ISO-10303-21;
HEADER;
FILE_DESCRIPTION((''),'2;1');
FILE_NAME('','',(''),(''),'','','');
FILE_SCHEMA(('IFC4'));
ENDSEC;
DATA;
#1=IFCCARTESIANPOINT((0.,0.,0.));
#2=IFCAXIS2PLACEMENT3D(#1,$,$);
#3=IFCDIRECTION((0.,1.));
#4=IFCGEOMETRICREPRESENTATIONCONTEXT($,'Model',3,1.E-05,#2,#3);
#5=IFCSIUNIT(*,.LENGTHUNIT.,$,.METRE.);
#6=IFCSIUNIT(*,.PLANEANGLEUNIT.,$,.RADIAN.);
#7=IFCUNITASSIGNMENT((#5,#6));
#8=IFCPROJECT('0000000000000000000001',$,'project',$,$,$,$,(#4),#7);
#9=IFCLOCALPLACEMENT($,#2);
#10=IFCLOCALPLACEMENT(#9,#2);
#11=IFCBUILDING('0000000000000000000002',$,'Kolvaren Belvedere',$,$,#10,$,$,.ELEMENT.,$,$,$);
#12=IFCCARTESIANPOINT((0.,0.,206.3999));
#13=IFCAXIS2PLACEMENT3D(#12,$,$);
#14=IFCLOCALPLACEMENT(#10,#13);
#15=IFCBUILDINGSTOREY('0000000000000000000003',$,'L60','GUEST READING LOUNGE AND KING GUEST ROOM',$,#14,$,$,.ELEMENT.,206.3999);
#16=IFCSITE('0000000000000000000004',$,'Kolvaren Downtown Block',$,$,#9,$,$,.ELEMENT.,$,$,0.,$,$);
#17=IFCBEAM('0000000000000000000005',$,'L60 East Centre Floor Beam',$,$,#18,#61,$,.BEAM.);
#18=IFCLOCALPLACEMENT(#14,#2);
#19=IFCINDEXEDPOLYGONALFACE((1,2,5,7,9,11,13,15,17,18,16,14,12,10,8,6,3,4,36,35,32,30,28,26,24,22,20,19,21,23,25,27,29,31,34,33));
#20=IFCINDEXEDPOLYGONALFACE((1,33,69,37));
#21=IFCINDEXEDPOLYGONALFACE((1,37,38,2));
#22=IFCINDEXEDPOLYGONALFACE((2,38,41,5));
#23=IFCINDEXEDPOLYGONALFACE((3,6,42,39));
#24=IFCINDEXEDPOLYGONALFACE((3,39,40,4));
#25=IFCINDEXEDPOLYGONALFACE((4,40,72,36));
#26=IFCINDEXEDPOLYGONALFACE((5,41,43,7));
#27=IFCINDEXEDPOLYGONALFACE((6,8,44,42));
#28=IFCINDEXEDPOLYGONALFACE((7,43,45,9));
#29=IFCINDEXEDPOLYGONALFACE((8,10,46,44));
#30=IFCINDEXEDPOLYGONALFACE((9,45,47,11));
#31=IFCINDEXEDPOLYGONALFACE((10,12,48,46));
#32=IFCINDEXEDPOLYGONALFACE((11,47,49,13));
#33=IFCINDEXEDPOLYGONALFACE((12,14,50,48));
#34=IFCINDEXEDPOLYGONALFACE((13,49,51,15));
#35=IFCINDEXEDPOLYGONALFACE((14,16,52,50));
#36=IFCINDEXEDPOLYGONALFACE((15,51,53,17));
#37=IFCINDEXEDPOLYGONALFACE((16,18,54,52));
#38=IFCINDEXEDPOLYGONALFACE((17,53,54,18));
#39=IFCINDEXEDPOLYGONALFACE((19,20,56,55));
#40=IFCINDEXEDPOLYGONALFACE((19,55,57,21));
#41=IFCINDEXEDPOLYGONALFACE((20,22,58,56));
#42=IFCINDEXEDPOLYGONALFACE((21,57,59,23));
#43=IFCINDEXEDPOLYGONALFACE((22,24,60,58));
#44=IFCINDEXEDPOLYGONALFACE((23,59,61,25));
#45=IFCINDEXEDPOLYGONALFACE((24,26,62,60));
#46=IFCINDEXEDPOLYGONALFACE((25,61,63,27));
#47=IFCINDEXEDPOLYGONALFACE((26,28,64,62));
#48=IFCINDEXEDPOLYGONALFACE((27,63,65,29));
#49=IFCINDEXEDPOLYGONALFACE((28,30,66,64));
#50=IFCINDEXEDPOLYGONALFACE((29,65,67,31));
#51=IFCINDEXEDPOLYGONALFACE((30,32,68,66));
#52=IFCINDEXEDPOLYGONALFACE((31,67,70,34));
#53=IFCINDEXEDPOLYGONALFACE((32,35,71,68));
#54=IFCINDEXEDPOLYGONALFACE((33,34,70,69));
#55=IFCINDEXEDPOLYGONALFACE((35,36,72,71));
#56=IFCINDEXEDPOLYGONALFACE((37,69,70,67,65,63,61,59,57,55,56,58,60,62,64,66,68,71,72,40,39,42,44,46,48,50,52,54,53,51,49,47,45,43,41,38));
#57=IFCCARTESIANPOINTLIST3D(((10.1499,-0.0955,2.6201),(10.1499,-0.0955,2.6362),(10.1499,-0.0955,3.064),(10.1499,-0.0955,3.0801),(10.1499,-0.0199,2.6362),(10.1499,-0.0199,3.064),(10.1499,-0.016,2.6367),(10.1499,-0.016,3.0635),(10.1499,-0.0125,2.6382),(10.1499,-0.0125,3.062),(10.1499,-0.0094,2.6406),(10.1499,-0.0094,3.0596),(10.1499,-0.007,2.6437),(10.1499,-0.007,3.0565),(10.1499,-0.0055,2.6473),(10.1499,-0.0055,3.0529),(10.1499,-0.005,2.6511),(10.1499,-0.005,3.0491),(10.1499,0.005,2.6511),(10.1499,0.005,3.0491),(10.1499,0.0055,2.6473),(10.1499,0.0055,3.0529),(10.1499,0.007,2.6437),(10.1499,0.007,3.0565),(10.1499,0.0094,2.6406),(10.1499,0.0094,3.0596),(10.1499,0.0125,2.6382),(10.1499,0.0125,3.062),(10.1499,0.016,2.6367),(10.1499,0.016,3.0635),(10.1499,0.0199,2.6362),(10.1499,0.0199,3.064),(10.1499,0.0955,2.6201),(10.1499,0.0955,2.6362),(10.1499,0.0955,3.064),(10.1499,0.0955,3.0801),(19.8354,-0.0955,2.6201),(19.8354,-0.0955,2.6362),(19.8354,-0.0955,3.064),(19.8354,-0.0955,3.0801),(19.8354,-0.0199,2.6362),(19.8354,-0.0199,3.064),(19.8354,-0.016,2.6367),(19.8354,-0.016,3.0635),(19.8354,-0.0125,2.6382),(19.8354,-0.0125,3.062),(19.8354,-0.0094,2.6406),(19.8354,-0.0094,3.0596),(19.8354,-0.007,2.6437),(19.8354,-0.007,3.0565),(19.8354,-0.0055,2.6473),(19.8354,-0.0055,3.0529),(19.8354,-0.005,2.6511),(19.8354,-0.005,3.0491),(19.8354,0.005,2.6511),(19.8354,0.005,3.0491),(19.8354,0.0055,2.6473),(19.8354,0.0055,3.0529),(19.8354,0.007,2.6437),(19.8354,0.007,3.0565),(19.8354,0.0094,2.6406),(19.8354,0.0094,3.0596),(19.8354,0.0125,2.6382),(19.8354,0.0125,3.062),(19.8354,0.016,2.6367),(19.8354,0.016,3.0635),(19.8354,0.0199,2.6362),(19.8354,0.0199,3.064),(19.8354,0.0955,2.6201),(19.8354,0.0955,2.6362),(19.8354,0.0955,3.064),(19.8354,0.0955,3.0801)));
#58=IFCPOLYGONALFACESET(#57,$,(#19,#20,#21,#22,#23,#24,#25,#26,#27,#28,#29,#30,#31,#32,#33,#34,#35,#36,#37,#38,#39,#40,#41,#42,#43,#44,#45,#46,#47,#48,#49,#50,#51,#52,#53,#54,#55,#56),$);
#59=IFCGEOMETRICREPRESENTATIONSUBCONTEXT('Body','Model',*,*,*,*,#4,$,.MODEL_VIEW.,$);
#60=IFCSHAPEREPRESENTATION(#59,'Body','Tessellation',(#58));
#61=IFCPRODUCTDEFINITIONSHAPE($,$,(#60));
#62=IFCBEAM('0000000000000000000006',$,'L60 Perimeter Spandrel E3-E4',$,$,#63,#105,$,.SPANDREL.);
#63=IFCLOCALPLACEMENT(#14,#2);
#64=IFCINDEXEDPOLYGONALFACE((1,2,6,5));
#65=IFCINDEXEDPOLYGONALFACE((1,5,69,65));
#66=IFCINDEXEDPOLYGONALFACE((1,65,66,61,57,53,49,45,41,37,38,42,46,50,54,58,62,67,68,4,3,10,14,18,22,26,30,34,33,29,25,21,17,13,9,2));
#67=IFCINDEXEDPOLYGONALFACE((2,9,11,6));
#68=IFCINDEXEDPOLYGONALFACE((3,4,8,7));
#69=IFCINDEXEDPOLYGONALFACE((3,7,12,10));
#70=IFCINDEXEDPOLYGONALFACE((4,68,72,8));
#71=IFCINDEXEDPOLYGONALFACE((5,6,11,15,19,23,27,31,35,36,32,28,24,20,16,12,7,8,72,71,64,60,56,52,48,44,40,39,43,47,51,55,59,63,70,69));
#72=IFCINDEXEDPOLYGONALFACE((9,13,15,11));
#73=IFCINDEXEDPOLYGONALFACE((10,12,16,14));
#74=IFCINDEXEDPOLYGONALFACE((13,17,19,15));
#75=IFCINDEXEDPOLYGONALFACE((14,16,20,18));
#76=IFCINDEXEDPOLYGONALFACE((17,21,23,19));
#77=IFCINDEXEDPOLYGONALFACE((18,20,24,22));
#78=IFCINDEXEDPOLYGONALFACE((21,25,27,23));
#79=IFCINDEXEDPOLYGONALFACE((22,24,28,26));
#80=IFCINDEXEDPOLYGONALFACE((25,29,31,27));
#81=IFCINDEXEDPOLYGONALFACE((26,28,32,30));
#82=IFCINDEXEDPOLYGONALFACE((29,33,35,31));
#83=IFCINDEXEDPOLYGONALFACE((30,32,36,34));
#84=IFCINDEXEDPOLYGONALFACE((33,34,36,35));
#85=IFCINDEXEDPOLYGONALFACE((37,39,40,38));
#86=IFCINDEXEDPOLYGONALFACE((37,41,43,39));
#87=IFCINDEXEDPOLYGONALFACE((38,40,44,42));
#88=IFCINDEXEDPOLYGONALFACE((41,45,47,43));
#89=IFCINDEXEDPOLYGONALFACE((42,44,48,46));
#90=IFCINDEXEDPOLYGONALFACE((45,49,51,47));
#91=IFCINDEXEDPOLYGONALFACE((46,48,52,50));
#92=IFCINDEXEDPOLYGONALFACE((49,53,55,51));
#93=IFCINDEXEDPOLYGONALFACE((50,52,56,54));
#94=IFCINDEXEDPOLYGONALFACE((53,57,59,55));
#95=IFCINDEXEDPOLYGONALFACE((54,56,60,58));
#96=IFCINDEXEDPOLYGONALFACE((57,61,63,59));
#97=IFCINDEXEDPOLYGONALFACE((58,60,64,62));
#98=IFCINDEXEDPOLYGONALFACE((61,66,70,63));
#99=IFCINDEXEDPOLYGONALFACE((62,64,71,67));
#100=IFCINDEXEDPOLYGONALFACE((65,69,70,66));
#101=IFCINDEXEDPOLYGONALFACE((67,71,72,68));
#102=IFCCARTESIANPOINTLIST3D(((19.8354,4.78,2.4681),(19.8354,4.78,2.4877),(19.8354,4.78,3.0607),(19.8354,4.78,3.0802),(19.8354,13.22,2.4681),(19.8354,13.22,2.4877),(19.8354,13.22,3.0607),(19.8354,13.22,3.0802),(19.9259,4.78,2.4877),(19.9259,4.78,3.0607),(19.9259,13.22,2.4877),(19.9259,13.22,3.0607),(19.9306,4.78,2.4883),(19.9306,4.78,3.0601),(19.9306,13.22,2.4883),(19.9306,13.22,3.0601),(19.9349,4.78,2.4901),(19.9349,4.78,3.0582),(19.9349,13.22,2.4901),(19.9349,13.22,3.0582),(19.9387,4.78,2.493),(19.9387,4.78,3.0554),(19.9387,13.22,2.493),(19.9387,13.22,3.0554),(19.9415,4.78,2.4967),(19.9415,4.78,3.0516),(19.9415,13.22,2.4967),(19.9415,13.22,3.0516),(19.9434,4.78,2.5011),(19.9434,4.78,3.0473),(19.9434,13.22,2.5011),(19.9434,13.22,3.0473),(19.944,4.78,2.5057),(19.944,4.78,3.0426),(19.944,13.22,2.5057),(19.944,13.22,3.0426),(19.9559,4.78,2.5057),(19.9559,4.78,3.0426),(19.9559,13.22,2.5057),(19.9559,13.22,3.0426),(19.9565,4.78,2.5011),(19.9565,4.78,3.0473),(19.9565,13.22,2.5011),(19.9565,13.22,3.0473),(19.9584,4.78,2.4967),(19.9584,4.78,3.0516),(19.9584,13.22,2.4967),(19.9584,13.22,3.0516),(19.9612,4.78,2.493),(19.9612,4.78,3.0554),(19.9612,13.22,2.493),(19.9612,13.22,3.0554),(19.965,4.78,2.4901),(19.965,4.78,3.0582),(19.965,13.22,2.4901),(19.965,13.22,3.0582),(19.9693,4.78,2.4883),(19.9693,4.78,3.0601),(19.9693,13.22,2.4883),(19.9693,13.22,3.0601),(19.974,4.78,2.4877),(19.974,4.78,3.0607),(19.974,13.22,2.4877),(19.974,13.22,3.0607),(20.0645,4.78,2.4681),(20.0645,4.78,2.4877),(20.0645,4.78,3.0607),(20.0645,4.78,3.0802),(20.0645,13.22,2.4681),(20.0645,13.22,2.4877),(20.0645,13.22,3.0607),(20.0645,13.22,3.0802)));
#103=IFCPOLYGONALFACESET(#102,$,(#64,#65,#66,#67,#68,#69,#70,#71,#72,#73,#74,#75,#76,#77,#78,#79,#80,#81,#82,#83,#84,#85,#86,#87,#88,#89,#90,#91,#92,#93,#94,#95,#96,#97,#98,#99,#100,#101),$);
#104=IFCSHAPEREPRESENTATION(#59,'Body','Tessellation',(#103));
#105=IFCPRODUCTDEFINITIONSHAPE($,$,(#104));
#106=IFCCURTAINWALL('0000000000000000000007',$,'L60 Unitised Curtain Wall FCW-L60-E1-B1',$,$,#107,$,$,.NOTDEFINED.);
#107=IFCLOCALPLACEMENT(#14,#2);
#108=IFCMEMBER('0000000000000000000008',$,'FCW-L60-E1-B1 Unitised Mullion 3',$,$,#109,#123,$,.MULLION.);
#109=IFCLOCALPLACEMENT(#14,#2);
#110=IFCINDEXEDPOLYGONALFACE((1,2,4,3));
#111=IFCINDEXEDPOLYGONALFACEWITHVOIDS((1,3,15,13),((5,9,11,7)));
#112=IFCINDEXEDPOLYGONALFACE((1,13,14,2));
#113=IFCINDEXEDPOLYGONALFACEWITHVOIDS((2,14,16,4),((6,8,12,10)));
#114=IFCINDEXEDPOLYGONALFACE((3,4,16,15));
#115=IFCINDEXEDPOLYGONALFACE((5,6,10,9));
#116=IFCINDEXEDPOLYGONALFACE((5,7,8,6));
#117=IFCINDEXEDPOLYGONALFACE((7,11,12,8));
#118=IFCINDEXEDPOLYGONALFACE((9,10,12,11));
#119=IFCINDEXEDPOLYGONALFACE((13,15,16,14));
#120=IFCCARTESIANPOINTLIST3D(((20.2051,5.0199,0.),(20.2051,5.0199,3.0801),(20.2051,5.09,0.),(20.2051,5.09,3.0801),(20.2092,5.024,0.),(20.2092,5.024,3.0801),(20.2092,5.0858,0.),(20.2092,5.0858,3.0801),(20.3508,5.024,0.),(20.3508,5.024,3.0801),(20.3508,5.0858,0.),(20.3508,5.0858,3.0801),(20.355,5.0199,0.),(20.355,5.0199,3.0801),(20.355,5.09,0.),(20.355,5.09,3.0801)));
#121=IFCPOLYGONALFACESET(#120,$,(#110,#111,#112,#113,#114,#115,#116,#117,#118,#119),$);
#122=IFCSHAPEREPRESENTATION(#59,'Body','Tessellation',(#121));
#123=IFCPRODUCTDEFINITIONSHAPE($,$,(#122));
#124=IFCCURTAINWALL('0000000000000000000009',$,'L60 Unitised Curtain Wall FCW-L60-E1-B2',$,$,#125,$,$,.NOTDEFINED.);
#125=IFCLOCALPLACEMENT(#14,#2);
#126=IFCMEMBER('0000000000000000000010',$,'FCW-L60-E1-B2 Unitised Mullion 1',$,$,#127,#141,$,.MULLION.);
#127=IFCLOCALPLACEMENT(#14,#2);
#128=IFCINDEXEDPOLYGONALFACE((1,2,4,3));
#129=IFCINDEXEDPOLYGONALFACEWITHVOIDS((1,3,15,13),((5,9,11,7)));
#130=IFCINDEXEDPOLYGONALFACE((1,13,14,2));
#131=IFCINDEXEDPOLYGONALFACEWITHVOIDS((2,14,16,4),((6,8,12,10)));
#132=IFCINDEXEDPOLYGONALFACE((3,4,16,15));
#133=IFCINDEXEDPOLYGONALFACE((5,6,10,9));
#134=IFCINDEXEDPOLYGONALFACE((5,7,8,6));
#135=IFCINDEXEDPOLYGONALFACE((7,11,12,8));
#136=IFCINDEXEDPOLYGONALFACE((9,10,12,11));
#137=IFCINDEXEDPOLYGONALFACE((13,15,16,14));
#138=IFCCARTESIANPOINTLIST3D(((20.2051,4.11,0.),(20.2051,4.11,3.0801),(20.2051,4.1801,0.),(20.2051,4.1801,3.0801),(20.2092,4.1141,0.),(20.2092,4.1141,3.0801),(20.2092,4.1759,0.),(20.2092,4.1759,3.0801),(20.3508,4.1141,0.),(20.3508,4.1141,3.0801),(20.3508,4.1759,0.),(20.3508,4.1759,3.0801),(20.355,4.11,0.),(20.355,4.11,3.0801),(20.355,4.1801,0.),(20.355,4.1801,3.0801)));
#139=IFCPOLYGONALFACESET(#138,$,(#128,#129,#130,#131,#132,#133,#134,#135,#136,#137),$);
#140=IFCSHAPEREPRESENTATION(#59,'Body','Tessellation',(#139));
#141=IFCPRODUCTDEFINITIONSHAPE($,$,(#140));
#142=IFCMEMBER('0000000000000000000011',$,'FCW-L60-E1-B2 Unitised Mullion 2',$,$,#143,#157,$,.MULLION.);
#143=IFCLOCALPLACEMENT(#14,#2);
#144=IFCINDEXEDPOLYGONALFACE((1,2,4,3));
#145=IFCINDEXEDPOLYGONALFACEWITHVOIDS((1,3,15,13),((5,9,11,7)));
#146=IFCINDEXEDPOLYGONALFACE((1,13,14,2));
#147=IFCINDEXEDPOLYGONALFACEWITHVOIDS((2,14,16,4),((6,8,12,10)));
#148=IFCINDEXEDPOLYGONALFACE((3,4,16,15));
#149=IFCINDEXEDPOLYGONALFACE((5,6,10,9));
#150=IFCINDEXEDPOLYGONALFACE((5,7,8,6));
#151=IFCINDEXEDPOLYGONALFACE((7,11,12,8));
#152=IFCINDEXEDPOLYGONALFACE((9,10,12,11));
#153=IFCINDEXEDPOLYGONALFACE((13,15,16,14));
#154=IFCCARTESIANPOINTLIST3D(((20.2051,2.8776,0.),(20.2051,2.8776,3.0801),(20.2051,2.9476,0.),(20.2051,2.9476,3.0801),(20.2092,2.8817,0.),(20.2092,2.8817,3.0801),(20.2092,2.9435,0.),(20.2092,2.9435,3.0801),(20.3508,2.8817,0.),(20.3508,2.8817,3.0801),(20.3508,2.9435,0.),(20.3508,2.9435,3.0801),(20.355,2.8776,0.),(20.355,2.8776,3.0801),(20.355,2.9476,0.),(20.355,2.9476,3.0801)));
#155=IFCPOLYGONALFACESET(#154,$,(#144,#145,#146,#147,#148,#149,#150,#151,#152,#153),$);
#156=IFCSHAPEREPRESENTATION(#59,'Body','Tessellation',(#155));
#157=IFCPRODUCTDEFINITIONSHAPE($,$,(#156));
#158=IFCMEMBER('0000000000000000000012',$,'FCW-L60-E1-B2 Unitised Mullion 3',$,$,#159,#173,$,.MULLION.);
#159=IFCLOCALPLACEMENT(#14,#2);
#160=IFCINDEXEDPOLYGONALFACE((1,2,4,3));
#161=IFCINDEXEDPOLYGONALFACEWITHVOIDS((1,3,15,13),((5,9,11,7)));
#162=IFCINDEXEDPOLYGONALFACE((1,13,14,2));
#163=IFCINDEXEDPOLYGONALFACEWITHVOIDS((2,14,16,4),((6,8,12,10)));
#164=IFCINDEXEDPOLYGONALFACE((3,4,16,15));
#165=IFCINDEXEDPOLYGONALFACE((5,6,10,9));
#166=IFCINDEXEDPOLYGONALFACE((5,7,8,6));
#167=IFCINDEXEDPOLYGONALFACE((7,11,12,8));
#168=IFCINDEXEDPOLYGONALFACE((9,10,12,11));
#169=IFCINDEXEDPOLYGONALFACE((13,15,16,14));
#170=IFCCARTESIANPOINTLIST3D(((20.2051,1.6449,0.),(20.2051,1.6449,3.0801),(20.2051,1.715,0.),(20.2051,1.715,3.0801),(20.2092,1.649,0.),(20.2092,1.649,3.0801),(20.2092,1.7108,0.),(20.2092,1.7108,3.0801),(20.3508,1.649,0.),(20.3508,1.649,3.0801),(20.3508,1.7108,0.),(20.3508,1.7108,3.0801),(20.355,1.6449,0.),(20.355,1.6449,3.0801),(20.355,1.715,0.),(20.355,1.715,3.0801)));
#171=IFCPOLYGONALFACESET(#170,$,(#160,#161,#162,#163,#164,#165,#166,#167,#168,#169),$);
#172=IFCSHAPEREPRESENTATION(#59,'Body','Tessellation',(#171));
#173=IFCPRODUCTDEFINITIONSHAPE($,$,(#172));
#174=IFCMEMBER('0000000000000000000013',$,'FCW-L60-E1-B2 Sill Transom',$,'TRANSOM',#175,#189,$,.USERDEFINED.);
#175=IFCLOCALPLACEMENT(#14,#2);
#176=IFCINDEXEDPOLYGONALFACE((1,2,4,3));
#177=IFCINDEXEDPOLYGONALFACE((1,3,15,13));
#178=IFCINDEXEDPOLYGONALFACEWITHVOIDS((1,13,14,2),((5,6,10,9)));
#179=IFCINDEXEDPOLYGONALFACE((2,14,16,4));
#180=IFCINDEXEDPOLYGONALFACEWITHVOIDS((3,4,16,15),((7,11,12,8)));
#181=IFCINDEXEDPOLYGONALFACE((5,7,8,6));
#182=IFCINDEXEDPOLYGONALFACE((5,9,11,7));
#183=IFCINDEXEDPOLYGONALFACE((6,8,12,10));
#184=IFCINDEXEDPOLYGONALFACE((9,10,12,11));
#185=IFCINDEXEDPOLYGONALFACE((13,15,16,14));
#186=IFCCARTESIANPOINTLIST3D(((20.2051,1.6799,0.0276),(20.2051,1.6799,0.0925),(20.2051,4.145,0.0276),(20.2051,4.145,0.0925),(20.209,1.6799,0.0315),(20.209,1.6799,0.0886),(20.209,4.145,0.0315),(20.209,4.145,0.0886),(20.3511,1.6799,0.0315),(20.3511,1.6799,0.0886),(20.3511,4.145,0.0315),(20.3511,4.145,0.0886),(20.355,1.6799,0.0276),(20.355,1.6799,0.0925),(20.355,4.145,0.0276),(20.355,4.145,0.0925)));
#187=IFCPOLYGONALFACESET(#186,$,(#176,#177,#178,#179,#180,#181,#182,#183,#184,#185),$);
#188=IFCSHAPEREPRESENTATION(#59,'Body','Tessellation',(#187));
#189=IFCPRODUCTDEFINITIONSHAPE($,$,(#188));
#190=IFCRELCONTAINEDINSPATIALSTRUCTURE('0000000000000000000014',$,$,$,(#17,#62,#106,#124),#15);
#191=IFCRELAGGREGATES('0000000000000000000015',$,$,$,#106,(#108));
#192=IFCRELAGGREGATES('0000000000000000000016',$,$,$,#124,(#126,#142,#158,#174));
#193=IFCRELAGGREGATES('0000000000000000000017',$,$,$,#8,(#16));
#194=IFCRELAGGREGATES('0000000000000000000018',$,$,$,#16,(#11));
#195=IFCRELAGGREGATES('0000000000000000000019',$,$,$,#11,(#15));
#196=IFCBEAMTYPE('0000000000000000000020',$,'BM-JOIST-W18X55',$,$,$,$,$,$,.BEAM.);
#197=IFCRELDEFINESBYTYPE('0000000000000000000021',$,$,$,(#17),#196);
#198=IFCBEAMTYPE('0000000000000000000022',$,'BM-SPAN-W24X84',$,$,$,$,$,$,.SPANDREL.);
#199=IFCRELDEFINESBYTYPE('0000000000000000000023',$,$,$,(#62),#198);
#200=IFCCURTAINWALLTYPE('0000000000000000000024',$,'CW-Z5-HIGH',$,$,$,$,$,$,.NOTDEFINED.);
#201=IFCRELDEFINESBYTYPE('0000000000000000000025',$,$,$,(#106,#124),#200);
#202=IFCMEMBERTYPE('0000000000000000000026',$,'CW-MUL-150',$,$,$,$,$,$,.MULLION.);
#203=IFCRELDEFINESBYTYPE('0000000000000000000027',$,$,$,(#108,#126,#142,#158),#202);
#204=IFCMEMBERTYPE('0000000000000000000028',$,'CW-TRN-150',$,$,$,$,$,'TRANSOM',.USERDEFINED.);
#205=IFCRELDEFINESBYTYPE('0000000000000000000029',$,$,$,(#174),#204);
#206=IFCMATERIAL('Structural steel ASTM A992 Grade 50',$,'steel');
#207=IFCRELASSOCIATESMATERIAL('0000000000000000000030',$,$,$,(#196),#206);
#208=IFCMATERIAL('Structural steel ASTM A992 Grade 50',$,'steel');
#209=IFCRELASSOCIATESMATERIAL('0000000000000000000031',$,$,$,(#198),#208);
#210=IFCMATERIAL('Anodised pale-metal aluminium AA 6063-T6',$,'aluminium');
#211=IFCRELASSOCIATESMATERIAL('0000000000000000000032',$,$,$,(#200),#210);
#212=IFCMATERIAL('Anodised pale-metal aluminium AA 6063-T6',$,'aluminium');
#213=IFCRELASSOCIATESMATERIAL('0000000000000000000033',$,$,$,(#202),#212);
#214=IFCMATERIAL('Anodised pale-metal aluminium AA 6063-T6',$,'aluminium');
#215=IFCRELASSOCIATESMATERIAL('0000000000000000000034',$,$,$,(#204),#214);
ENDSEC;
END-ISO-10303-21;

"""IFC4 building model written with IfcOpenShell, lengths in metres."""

from ifc_helpers import new_model, si_unit, direction, frame, origin, origin_2d, place, context, subcontext, project, spatial, hollow_rectangle, i_section, extrude, material, material_profile, profile_set, type_object, element, aggregate, save


model = new_model("IFC4")

# Units and contexts
model_context = context("Model", 3, precision=1e-05, world=origin(), true_north=direction((0.0, 1.0)))
body_context = subcontext(model_context, "Body", "Model", "MODEL_VIEW")
ifc_project = project(units=[si_unit("LENGTHUNIT", "METRE"), si_unit("PLANEANGLEUNIT", "RADIAN")], contexts=[model_context])

# Site, building, storey
site_placement = place(None, origin())
site = spatial("IfcSite", under=ifc_project, at=site_placement, Name="Kolvaren Downtown Block", CompositionType="ELEMENT", RefElevation=0.0)
building_placement = place(site_placement, origin())
building = spatial("IfcBuilding", under=site, at=building_placement, Name="Kolvaren Belvedere", CompositionType="ELEMENT")
storey_placement = place(building_placement, frame((0.0, 0.0, 206.3999)))
storey = spatial("IfcBuildingStorey", under=building, at=storey_placement, Name="L60", Description="GUEST READING LOUNGE AND KING GUEST ROOM", CompositionType="ELEMENT", Elevation=206.3999)

# Beams
ifc_material_1 = material(Name="Structural steel ASTM A992 Grade 50", Category="steel")
ifc_material_profile_1 = material_profile(ifc_material_1, i_section(OverallWidth=0.1909, OverallDepth=0.46, WebThickness=0.01, FlangeThickness=0.0161, FilletRadius=0.0149, at=origin_2d()), Name="W18X55")
ifc_profile_set_1 = profile_set([ifc_material_profile_1], Name="Structural steel ASTM A992 Grade 50")
beam_type_1 = type_object("IfcBeamType", Name="BM-JOIST-W18X55", PredefinedType="BEAM", material=ifc_profile_set_1)
beam_1_placement = place(storey_placement, frame((10.1499, 0.0, 2.8501), z_axis=(1.0, 0.0, 0.0), x_axis=(0.0, 1.0, 0.0)))
element("IfcBeam", 1, at=beam_1_placement, inside=storey, type_object=beam_type_1, Name="L60 East Centre Floor Beam", PredefinedType="BEAM", context=body_context, shape_type="SweptSolid", body=[
    extrude(i_section(OverallWidth=0.1909, OverallDepth=0.46, WebThickness=0.01, FlangeThickness=0.0161, FilletRadius=0.0149, at=origin_2d()), origin(), (0.0, 0.0, 1.0), 9.6855),
])
ifc_material_2 = material(Name="Structural steel ASTM A992 Grade 50", Category="steel")
ifc_material_profile_2 = material_profile(ifc_material_2, i_section(OverallWidth=0.229, OverallDepth=0.6121, WebThickness=0.012, FlangeThickness=0.0195, FilletRadius=0.0181, at=origin_2d()), Name="W24X84")
ifc_profile_set_2 = profile_set([ifc_material_profile_2], Name="Structural steel ASTM A992 Grade 50")
beam_type_2 = type_object("IfcBeamType", Name="BM-SPAN-W24X84", PredefinedType="SPANDREL", material=ifc_profile_set_2)
beam_2_placement = place(storey_placement, frame((19.95, 4.78, 2.7742), z_axis=(0.0, 1.0, 0.0), x_axis=(-1.0, 0.0, 0.0)))
element("IfcBeam", 2, at=beam_2_placement, inside=storey, type_object=beam_type_2, Name="L60 Perimeter Spandrel E3-E4", PredefinedType="SPANDREL", context=body_context, shape_type="SweptSolid", body=[
    extrude(i_section(OverallWidth=0.229, OverallDepth=0.6121, WebThickness=0.012, FlangeThickness=0.0195, FilletRadius=0.0181, at=origin_2d()), origin(), (0.0, 0.0, 1.0), 8.4399),
])

# Curtain wall, member
ifc_material_3 = material(Name="Anodised pale-metal aluminium AA 6063-T6", Category="aluminium")
curtain_wall_type = type_object("IfcCurtainWallType", Name="CW-Z5-HIGH", PredefinedType="NOTDEFINED", material=ifc_material_3)
curtain_wall_1_placement = place(storey_placement, origin())
curtain_wall_1 = element("IfcCurtainWall", 3, at=curtain_wall_1_placement, inside=storey, type_object=curtain_wall_type, Name="L60 Unitised Curtain Wall FCW-L60-E1-B1", PredefinedType="NOTDEFINED")
ifc_material_4 = material(Name="Anodised pale-metal aluminium AA 6063-T6", Category="aluminium")
ifc_material_profile_3 = material_profile(ifc_material_4, hollow_rectangle(XDim=0.0701, YDim=0.1499, WallThickness=0.0042, at=origin_2d()), Name="ALU-MUL-150X70")
ifc_profile_set_3 = profile_set([ifc_material_profile_3], Name="Anodised pale-metal aluminium AA 6063-T6")
member_type_1 = type_object("IfcMemberType", Name="CW-MUL-150", PredefinedType="MULLION", material=ifc_profile_set_3)
member_1_placement = place(storey_placement, frame((20.28, 5.0549, 0.0), z_axis=(0.0, 0.0, 1.0), x_axis=(0.0, 1.0, 0.0)))
member_1 = element("IfcMember", 4, at=member_1_placement, type_object=member_type_1, Name="FCW-L60-E1-B1 Unitised Mullion 3", PredefinedType="MULLION", context=body_context, shape_type="SweptSolid", body=[
    extrude(hollow_rectangle(XDim=0.0701, YDim=0.1499, WallThickness=0.0042, at=origin_2d()), origin(), (0.0, 0.0, 1.0), 3.0801),
])
aggregate(curtain_wall_1, [member_1])

# Curtain wall, members
curtain_wall_2_placement = place(storey_placement, origin())
curtain_wall_2 = element("IfcCurtainWall", 5, at=curtain_wall_2_placement, inside=storey, type_object=curtain_wall_type, Name="L60 Unitised Curtain Wall FCW-L60-E1-B2", PredefinedType="NOTDEFINED")
member_2_placement = place(storey_placement, frame((20.28, 4.145, 0.0), z_axis=(0.0, 0.0, 1.0), x_axis=(0.0, 1.0, 0.0)))
member_2 = element("IfcMember", 6, at=member_2_placement, type_object=member_type_1, Name="FCW-L60-E1-B2 Unitised Mullion 1", PredefinedType="MULLION", context=body_context, shape_type="SweptSolid", body=[
    extrude(hollow_rectangle(XDim=0.0701, YDim=0.1499, WallThickness=0.0042, at=origin_2d()), origin(), (0.0, 0.0, 1.0), 3.0801),
])
member_3_placement = place(storey_placement, frame((20.28, 2.9126, 0.0), z_axis=(0.0, 0.0, 1.0), x_axis=(0.0, 1.0, 0.0)))
member_3 = element("IfcMember", 7, at=member_3_placement, type_object=member_type_1, Name="FCW-L60-E1-B2 Unitised Mullion 2", PredefinedType="MULLION", context=body_context, shape_type="SweptSolid", body=[
    extrude(hollow_rectangle(XDim=0.0701, YDim=0.1499, WallThickness=0.0042, at=origin_2d()), origin(), (0.0, 0.0, 1.0), 3.0801),
])
member_4_placement = place(storey_placement, frame((20.28, 1.6799, 0.0), z_axis=(0.0, 0.0, 1.0), x_axis=(0.0, 1.0, 0.0)))
member_4 = element("IfcMember", 8, at=member_4_placement, type_object=member_type_1, Name="FCW-L60-E1-B2 Unitised Mullion 3", PredefinedType="MULLION", context=body_context, shape_type="SweptSolid", body=[
    extrude(hollow_rectangle(XDim=0.0701, YDim=0.1499, WallThickness=0.0042, at=origin_2d()), origin(), (0.0, 0.0, 1.0), 3.0801),
])
ifc_material_5 = material(Name="Anodised pale-metal aluminium AA 6063-T6", Category="aluminium")
ifc_material_profile_4 = material_profile(ifc_material_5, hollow_rectangle(XDim=0.0649, YDim=0.1499, WallThickness=0.0039, at=origin_2d()), Name="ALU-TRN-150X65")
ifc_profile_set_4 = profile_set([ifc_material_profile_4], Name="Anodised pale-metal aluminium AA 6063-T6")
member_type_2 = type_object("IfcMemberType", Name="CW-TRN-150", ElementType="TRANSOM", PredefinedType="USERDEFINED", material=ifc_profile_set_4)
member_5_placement = place(storey_placement, frame((20.28, 4.145, 0.0601), z_axis=(0.0, -1.0, 0.0), x_axis=(0.0, 0.0, 1.0)))
member_5 = element("IfcMember", 9, at=member_5_placement, type_object=member_type_2, Name="FCW-L60-E1-B2 Sill Transom", ObjectType="TRANSOM", PredefinedType="USERDEFINED", context=body_context, shape_type="SweptSolid", body=[
    extrude(hollow_rectangle(XDim=0.0649, YDim=0.1499, WallThickness=0.0039, at=origin_2d()), origin(), (0.0, 0.0, 1.0), 2.4651),
])

aggregate(curtain_wall_2, [member_2, member_3, member_4, member_5])

save(model, "model.ifc")
